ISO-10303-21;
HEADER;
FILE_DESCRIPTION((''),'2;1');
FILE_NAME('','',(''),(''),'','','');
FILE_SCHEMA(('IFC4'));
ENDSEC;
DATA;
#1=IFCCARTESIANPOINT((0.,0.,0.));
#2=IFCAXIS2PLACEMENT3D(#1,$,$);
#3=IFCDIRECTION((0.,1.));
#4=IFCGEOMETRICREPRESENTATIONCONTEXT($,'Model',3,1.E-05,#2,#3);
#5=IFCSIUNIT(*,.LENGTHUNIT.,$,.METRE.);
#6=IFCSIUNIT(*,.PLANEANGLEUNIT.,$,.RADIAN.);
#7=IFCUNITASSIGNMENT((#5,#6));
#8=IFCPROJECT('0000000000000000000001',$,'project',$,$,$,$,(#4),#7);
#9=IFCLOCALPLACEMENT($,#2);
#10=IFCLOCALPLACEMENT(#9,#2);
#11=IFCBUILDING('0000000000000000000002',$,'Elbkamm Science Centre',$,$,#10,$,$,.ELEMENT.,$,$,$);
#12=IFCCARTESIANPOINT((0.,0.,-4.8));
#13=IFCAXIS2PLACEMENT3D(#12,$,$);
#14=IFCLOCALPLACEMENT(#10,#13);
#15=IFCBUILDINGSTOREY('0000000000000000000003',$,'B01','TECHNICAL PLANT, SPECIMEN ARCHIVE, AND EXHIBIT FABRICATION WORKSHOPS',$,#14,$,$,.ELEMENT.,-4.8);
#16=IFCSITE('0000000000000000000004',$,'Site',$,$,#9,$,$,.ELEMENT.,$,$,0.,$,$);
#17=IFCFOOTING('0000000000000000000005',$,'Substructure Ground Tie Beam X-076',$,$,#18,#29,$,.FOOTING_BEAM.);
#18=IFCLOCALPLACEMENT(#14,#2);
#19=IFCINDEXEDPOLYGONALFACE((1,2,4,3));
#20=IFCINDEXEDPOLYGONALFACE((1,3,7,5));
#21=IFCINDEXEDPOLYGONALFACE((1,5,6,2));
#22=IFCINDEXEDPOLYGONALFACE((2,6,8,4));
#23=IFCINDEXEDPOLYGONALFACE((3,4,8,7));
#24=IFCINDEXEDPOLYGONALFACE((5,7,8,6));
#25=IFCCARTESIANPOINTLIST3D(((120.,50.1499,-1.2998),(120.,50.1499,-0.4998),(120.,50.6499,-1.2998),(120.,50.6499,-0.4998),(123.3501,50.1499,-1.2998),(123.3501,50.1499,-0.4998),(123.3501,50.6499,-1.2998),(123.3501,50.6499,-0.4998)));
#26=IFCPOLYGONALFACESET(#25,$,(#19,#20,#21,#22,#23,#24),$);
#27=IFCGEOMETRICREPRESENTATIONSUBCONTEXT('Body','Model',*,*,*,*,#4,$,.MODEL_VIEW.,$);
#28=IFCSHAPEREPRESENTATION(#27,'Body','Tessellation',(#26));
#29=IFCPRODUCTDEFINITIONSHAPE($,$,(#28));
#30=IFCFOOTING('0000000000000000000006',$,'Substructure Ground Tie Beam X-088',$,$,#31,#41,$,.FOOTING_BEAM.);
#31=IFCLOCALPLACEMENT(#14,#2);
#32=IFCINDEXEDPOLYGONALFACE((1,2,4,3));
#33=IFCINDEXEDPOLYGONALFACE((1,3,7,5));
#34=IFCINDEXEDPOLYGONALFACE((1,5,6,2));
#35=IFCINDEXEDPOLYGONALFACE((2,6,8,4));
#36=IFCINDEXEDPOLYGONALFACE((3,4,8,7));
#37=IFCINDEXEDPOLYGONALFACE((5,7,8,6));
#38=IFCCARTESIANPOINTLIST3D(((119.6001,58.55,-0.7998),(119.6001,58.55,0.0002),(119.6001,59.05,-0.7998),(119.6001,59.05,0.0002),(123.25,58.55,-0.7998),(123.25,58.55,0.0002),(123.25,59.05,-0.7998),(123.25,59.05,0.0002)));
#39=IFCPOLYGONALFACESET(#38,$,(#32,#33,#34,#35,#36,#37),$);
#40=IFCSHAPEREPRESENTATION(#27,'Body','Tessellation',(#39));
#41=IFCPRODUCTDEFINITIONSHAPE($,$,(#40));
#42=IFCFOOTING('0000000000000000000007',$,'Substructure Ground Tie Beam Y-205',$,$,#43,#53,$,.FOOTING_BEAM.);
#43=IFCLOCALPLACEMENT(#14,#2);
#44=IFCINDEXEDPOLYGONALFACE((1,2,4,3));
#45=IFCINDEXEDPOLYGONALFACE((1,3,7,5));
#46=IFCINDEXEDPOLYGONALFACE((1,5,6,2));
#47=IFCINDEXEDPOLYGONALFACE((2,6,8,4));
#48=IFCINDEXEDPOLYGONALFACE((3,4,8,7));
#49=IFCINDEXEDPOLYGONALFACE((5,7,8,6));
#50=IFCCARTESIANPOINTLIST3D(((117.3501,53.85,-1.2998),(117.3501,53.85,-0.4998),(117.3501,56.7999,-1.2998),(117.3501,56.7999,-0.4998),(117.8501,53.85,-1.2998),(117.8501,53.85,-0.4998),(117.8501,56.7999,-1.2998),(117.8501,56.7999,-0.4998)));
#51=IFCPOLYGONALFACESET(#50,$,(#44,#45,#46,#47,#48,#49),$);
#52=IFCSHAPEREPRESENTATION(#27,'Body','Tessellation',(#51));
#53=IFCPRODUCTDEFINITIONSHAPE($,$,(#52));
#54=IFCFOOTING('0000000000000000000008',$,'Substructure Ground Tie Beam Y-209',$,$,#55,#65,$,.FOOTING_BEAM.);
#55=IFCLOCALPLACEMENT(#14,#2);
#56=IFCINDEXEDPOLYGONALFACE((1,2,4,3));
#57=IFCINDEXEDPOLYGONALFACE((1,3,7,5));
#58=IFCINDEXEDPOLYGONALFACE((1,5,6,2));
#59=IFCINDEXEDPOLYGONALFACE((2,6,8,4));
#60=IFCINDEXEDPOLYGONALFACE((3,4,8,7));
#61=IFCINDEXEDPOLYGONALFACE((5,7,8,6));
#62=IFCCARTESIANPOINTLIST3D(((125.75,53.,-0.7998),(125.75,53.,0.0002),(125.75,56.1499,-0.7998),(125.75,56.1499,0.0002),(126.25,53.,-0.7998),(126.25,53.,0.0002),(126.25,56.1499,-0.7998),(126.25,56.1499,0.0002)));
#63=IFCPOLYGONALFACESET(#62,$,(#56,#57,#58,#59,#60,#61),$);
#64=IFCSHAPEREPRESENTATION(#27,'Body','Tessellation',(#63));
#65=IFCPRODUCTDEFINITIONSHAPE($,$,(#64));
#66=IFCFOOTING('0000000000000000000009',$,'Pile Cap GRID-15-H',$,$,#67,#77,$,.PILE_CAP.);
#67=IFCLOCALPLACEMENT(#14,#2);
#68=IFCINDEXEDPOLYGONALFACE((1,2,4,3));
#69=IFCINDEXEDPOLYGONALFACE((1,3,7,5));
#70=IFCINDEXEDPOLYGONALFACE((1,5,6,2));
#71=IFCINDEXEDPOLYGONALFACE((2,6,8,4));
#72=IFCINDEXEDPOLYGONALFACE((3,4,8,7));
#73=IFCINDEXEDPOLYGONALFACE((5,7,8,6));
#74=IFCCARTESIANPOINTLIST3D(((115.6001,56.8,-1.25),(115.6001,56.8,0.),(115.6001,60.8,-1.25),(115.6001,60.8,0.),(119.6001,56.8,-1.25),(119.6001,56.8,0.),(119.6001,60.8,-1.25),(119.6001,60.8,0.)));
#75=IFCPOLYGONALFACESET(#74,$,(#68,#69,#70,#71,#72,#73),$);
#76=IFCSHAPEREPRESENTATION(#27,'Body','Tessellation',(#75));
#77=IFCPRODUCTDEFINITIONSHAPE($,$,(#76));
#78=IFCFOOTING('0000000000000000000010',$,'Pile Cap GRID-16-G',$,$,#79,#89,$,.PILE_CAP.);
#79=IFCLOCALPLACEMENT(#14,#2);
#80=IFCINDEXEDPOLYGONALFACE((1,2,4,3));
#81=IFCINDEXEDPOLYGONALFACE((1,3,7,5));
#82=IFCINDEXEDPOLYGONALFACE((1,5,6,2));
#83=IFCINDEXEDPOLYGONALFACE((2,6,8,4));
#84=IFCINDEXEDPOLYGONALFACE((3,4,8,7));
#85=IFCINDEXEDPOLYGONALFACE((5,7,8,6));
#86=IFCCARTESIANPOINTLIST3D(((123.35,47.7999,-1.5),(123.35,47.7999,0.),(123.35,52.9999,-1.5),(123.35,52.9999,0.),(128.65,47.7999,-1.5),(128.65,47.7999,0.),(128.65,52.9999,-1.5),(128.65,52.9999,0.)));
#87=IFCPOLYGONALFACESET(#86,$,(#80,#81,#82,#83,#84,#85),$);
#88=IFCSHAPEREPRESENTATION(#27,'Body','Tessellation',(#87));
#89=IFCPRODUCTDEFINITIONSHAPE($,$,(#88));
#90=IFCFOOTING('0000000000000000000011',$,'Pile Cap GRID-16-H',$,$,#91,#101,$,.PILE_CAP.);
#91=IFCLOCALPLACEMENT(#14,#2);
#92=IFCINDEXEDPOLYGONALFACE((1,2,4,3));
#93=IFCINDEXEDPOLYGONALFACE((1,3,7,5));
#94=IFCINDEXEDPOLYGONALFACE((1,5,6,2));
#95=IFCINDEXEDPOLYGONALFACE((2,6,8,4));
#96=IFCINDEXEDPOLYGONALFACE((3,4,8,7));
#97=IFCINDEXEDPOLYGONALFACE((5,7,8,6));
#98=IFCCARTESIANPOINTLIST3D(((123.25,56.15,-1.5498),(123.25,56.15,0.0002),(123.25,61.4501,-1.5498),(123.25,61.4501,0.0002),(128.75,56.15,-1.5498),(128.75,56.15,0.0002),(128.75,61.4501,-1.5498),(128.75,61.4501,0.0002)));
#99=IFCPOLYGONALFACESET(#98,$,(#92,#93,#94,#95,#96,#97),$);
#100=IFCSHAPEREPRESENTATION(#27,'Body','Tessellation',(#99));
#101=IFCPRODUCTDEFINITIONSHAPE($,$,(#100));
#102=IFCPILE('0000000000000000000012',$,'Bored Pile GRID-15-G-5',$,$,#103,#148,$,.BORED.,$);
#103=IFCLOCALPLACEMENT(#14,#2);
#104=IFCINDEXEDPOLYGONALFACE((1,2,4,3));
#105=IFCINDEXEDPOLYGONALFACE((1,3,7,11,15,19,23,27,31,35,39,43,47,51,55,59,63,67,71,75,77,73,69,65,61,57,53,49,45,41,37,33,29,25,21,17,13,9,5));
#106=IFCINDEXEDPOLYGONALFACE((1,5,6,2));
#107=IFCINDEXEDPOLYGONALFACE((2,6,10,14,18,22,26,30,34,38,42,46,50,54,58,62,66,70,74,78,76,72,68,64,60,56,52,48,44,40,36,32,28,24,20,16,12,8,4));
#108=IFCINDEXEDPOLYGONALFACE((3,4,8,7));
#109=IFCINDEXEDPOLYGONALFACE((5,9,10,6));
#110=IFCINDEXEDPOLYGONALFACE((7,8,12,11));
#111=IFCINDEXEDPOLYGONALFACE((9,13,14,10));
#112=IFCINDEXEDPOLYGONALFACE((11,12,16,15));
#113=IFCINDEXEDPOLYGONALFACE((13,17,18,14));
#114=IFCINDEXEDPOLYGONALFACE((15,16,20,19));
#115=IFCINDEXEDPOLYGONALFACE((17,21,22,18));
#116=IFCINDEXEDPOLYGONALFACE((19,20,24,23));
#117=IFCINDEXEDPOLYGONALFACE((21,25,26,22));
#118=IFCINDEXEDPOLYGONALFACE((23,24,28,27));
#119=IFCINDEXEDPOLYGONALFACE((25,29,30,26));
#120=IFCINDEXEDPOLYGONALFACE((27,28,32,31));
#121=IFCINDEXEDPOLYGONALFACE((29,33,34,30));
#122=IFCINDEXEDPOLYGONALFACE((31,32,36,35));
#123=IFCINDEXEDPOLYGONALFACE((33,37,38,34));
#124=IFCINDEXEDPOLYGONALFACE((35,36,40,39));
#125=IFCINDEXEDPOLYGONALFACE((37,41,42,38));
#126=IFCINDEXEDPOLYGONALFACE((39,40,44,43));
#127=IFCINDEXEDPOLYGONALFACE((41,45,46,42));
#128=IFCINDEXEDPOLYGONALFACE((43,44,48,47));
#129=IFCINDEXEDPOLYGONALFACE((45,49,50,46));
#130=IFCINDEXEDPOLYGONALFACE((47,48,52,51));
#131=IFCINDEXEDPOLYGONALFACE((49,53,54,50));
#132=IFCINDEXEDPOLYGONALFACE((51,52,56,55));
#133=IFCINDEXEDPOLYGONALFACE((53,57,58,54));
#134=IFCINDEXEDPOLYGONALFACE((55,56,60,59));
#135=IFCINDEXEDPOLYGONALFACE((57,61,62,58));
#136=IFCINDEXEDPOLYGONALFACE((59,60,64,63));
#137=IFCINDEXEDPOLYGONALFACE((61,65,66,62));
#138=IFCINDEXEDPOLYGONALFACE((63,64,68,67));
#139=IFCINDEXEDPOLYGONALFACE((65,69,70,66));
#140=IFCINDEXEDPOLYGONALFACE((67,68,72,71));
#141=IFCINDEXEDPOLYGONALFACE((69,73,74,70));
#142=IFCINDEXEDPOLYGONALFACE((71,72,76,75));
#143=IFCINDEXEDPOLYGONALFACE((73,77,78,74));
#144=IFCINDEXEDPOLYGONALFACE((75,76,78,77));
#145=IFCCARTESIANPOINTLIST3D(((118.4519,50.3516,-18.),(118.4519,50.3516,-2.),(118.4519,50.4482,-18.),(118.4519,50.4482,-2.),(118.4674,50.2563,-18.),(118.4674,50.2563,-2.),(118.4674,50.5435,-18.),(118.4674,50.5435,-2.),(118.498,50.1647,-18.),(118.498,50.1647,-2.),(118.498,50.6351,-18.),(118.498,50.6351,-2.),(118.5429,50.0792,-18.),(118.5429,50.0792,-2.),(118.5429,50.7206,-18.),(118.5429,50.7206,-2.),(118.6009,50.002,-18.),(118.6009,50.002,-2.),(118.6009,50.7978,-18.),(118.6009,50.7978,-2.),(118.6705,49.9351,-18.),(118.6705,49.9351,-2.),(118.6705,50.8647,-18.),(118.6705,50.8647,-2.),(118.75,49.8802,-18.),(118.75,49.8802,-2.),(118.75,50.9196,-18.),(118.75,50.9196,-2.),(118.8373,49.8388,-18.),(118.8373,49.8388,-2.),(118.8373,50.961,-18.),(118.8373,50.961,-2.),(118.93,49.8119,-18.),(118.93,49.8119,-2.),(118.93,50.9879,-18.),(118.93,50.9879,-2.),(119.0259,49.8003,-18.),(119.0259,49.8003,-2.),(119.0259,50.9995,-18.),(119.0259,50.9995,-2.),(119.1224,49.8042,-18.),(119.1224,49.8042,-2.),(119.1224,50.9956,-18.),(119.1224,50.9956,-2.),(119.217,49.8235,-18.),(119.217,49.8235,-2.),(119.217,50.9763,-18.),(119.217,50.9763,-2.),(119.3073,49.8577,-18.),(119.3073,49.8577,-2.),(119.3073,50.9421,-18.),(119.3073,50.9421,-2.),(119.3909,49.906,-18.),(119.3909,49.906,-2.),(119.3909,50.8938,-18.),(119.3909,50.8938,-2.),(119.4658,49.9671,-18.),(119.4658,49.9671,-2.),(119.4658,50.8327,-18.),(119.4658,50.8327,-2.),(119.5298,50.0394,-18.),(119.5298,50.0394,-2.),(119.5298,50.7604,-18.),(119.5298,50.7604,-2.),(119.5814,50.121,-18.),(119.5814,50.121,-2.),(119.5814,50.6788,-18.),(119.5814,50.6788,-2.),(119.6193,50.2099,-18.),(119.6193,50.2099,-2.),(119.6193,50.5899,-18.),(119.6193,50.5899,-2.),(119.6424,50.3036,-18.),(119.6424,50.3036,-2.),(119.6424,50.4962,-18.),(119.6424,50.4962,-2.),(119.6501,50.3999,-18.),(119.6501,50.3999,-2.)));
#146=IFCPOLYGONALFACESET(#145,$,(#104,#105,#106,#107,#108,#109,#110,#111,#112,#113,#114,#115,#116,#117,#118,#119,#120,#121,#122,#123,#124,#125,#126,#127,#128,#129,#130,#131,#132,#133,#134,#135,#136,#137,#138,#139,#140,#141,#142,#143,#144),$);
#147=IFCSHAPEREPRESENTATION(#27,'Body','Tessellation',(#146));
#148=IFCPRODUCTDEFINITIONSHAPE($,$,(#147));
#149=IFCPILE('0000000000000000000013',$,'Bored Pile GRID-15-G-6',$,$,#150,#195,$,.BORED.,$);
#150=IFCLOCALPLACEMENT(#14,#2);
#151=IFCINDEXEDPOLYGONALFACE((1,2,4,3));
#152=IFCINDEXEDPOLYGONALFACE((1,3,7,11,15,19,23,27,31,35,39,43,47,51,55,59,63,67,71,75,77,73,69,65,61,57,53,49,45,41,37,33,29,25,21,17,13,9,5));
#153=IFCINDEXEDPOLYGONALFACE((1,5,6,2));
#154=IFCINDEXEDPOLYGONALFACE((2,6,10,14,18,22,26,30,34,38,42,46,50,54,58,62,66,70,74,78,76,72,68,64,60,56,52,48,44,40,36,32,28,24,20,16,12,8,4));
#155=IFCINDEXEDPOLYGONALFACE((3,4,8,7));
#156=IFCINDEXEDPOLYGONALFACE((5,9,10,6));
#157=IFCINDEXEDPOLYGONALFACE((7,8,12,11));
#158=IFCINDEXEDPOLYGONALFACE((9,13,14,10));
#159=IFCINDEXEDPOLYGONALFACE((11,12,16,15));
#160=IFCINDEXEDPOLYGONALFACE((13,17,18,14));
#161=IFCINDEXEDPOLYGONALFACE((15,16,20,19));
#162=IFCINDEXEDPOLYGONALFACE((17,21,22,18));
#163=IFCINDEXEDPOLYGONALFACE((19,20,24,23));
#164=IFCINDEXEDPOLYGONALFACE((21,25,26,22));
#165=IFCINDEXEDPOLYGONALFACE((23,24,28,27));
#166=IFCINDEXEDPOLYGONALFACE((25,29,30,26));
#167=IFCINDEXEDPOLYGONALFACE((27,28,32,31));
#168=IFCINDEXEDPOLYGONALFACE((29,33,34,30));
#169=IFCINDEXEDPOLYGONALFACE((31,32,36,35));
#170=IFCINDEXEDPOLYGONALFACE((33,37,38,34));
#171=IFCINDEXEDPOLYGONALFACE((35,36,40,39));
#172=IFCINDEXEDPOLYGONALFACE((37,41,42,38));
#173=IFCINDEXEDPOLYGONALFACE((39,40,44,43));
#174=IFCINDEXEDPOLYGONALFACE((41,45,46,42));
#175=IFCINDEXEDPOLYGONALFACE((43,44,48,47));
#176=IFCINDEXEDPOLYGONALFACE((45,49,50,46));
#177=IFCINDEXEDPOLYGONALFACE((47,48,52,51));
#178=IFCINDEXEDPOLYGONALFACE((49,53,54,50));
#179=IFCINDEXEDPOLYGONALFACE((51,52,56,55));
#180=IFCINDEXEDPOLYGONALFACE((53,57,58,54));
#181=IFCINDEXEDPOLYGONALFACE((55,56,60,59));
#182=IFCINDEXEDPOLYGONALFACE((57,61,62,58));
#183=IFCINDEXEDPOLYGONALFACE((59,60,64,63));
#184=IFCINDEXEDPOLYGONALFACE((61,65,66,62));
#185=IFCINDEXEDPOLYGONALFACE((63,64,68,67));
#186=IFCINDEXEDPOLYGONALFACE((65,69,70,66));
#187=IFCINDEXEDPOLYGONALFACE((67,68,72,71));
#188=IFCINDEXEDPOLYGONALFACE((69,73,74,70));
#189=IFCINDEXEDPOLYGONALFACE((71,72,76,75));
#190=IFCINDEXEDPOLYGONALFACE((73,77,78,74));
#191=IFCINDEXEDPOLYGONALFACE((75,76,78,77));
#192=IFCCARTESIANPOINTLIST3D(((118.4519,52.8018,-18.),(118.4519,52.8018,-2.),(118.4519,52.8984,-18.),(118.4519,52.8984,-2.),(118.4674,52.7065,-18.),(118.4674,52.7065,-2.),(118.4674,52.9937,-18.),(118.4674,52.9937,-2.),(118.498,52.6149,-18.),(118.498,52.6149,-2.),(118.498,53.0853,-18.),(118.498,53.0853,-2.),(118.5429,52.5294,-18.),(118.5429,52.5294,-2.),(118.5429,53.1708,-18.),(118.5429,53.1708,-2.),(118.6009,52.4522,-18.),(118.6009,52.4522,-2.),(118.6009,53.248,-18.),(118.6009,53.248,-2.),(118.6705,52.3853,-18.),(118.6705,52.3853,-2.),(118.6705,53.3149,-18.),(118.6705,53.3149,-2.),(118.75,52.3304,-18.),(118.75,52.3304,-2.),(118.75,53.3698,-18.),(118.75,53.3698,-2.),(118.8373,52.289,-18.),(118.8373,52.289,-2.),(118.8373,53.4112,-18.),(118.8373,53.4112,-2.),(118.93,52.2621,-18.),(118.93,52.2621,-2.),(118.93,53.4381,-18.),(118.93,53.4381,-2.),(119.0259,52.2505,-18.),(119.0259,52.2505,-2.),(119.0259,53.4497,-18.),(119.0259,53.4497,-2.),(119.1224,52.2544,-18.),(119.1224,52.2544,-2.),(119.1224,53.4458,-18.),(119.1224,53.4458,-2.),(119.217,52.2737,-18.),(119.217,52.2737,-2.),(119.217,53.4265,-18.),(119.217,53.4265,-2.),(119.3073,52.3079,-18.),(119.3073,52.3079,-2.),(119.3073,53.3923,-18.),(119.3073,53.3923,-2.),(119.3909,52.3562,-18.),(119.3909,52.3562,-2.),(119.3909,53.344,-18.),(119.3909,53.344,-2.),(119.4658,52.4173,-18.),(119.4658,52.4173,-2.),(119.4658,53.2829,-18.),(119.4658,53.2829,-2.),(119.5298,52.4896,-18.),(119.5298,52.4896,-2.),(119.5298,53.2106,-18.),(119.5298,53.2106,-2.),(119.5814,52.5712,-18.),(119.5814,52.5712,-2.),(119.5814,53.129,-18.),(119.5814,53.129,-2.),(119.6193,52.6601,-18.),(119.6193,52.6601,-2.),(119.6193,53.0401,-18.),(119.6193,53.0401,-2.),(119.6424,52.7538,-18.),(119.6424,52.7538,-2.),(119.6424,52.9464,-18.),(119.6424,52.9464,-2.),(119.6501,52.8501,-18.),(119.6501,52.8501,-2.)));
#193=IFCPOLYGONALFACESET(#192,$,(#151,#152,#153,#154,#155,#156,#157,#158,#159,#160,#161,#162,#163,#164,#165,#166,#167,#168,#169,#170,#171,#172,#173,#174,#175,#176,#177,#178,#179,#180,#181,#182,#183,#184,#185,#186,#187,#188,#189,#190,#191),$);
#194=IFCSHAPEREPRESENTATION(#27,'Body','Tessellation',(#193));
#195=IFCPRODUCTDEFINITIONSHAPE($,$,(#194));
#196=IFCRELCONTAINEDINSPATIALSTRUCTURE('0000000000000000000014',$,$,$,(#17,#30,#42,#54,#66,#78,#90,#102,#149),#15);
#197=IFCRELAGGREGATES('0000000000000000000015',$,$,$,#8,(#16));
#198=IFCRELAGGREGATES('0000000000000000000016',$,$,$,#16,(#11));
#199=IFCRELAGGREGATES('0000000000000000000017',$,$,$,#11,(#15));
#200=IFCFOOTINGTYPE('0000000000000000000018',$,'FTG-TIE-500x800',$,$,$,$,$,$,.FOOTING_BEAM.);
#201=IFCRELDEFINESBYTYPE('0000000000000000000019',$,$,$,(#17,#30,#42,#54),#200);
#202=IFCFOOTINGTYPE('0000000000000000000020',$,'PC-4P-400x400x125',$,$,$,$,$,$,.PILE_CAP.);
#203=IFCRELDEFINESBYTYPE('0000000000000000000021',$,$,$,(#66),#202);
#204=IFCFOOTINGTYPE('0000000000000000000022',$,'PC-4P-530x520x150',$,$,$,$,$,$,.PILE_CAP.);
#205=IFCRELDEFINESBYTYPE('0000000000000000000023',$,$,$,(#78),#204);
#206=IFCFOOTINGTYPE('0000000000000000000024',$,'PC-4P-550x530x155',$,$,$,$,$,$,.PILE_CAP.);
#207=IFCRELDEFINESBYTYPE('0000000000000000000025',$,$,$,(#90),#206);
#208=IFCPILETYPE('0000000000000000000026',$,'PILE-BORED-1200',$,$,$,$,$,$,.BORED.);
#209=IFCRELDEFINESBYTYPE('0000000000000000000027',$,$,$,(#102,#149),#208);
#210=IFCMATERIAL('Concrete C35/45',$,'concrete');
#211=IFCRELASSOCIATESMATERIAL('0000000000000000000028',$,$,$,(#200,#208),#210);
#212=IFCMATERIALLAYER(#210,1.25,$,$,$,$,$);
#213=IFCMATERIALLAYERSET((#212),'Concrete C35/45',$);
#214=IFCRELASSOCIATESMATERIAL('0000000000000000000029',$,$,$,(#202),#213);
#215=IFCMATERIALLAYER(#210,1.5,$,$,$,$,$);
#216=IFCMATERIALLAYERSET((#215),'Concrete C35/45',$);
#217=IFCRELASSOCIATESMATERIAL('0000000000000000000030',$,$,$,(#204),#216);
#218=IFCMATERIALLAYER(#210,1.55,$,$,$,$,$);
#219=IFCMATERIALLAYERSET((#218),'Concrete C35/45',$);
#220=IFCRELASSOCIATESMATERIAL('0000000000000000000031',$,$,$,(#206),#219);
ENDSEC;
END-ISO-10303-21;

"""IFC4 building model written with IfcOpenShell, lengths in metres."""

from ifc_helpers import new_model, si_unit, direction, frame, origin, origin_2d, place, context, subcontext, project, spatial, rectangle, circle, extrude, material, layer, layer_set, material_profile, profile_set, type_object, element, save


model = new_model("IFC4")

# Units and contexts
model_context = context("Model", 3, precision=1e-05, world=origin(), true_north=direction((0.0, 1.0)))
body_context = subcontext(model_context, "Body", "Model", "MODEL_VIEW")
ifc_project = project(units=[si_unit("LENGTHUNIT", "METRE"), si_unit("PLANEANGLEUNIT", "RADIAN")], contexts=[model_context])

# Site, building, storey
site_placement = place(None, origin())
site = spatial("IfcSite", under=ifc_project, at=site_placement, Name="Site", CompositionType="ELEMENT", RefElevation=0.0)
building_placement = place(site_placement, origin())
building = spatial("IfcBuilding", under=site, at=building_placement, Name="Elbkamm Science Centre", CompositionType="ELEMENT")
storey_placement = place(building_placement, frame((0.0, 0.0, -4.8)))
storey = spatial("IfcBuildingStorey", under=building, at=storey_placement, Name="B01", Description="TECHNICAL PLANT, SPECIMEN ARCHIVE, AND EXHIBIT FABRICATION WORKSHOPS", CompositionType="ELEMENT", Elevation=-4.8)

# Footings
ifc_material_1 = material(Name="Concrete C35/45", Category="concrete")
footing_type_1 = type_object("IfcFootingType", Name="FTG-TIE-500x800", PredefinedType="FOOTING_BEAM", material=ifc_material_1)
footing_1_placement = place(storey_placement, frame((121.675, 50.3999, -1.2998), z_axis=(0.0, 0.0, 1.0), x_axis=(1.0, 0.0, 0.0)))
element("IfcFooting", 1, at=footing_1_placement, inside=storey, type_object=footing_type_1, Name="Substructure Ground Tie Beam X-076", PredefinedType="FOOTING_BEAM", context=body_context, shape_type="SweptSolid", body=[
    extrude(rectangle(XDim=3.3501, YDim=0.5, at=origin_2d()), origin(), (0.0, 0.0, 1.0), 0.8),
])
footing_2_placement = place(storey_placement, frame((121.425, 58.8, -0.7998), z_axis=(0.0, 0.0, 1.0), x_axis=(1.0, 0.0, 0.0)))
element("IfcFooting", 2, at=footing_2_placement, inside=storey, type_object=footing_type_1, Name="Substructure Ground Tie Beam X-088", PredefinedType="FOOTING_BEAM", context=body_context, shape_type="SweptSolid", body=[
    extrude(rectangle(XDim=3.6499, YDim=0.5, at=origin_2d()), origin(), (0.0, 0.0, 1.0), 0.8),
])
footing_3_placement = place(storey_placement, frame((117.6001, 55.325, -1.2998), z_axis=(0.0, 0.0, 1.0), x_axis=(1.0, 0.0, 0.0)))
element("IfcFooting", 3, at=footing_3_placement, inside=storey, type_object=footing_type_1, Name="Substructure Ground Tie Beam Y-205", PredefinedType="FOOTING_BEAM", context=body_context, shape_type="SweptSolid", body=[
    extrude(rectangle(XDim=0.5, YDim=2.95, at=origin_2d()), origin(), (0.0, 0.0, 1.0), 0.8),
])
footing_4_placement = place(storey_placement, frame((126.0, 54.575, -0.7998), z_axis=(0.0, 0.0, 1.0), x_axis=(1.0, 0.0, 0.0)))
element("IfcFooting", 4, at=footing_4_placement, inside=storey, type_object=footing_type_1, Name="Substructure Ground Tie Beam Y-209", PredefinedType="FOOTING_BEAM", context=body_context, shape_type="SweptSolid", body=[
    extrude(rectangle(XDim=0.5, YDim=3.1499, at=origin_2d()), origin(), (0.0, 0.0, 1.0), 0.8),
])
ifc_layer_1 = layer(ifc_material_1, 1.25)
ifc_layer_set_1 = layer_set([ifc_layer_1], Name="Concrete C35/45")
footing_type_2 = type_object("IfcFootingType", Name="PC-4P-400x400x125", PredefinedType="PILE_CAP", material=ifc_layer_set_1)
footing_5_placement = place(storey_placement, frame((117.6001, 58.8, -1.25), z_axis=(0.0, 0.0, 1.0), x_axis=(1.0, 0.0, 0.0)))
element("IfcFooting", 5, at=footing_5_placement, inside=storey, type_object=footing_type_2, Name="Pile Cap GRID-15-H", PredefinedType="PILE_CAP", context=body_context, shape_type="SweptSolid", body=[
    extrude(rectangle(XDim=4.0, YDim=4.0, at=origin_2d()), origin(), (0.0, 0.0, 1.0), 1.25),
])
ifc_layer_2 = layer(ifc_material_1, 1.5)
ifc_layer_set_2 = layer_set([ifc_layer_2], Name="Concrete C35/45")
footing_type_3 = type_object("IfcFootingType", Name="PC-4P-530x520x150", PredefinedType="PILE_CAP", material=ifc_layer_set_2)
footing_6_placement = place(storey_placement, frame((126.0, 50.3999, -1.5), z_axis=(0.0, 0.0, 1.0), x_axis=(1.0, 0.0, 0.0)))
element("IfcFooting", 6, at=footing_6_placement, inside=storey, type_object=footing_type_3, Name="Pile Cap GRID-16-G", PredefinedType="PILE_CAP", context=body_context, shape_type="SweptSolid", body=[
    extrude(rectangle(XDim=5.3, YDim=5.2, at=origin_2d()), origin(), (0.0, 0.0, 1.0), 1.5),
])
ifc_layer_3 = layer(ifc_material_1, 1.55)
ifc_layer_set_3 = layer_set([ifc_layer_3], Name="Concrete C35/45")
footing_type_4 = type_object("IfcFootingType", Name="PC-4P-550x530x155", PredefinedType="PILE_CAP", material=ifc_layer_set_3)
footing_7_placement = place(storey_placement, frame((126.0, 58.8, -1.5498), z_axis=(0.0, 0.0, 1.0), x_axis=(1.0, 0.0, 0.0)))
element("IfcFooting", 7, at=footing_7_placement, inside=storey, type_object=footing_type_4, Name="Pile Cap GRID-16-H", PredefinedType="PILE_CAP", context=body_context, shape_type="SweptSolid", body=[
    extrude(rectangle(XDim=5.5, YDim=5.3, at=origin_2d()), origin(), (0.0, 0.0, 1.0), 1.55),
])

# Piles
ifc_material_profile_1 = material_profile(ifc_material_1, circle(Radius=0.6001, at=origin_2d()), Name="PILE D1200")
ifc_profile_set_1 = profile_set([ifc_material_profile_1], Name="Concrete C35/45")
pile_type_1 = type_object("IfcPileType", Name="PILE-BORED-1200", PredefinedType="BORED", material=ifc_profile_set_1)
for number, where, z_axis, x_axis, name in (
    (8, (119.05, 50.3999, -2.0), (0.0, 0.0, -1.0), (1.0, 0.0, 0.0), "Bored Pile GRID-15-G-5"),
    (9, (119.05, 52.8501, -2.0), (0.0, 0.0, -1.0), (1.0, 0.0, 0.0), "Bored Pile GRID-15-G-6"),
):
    element("IfcPile", number, at=place(storey_placement, frame(where, z_axis=z_axis, x_axis=x_axis)), inside=storey, type_object=pile_type_1, Name=name, PredefinedType="BORED", context=body_context, shape_type="SweptSolid", body=[
        extrude(circle(Radius=0.6001, at=origin_2d()), origin(), (0.0, 0.0, 1.0), 16.0),
    ])

save(model, "model.ifc")
